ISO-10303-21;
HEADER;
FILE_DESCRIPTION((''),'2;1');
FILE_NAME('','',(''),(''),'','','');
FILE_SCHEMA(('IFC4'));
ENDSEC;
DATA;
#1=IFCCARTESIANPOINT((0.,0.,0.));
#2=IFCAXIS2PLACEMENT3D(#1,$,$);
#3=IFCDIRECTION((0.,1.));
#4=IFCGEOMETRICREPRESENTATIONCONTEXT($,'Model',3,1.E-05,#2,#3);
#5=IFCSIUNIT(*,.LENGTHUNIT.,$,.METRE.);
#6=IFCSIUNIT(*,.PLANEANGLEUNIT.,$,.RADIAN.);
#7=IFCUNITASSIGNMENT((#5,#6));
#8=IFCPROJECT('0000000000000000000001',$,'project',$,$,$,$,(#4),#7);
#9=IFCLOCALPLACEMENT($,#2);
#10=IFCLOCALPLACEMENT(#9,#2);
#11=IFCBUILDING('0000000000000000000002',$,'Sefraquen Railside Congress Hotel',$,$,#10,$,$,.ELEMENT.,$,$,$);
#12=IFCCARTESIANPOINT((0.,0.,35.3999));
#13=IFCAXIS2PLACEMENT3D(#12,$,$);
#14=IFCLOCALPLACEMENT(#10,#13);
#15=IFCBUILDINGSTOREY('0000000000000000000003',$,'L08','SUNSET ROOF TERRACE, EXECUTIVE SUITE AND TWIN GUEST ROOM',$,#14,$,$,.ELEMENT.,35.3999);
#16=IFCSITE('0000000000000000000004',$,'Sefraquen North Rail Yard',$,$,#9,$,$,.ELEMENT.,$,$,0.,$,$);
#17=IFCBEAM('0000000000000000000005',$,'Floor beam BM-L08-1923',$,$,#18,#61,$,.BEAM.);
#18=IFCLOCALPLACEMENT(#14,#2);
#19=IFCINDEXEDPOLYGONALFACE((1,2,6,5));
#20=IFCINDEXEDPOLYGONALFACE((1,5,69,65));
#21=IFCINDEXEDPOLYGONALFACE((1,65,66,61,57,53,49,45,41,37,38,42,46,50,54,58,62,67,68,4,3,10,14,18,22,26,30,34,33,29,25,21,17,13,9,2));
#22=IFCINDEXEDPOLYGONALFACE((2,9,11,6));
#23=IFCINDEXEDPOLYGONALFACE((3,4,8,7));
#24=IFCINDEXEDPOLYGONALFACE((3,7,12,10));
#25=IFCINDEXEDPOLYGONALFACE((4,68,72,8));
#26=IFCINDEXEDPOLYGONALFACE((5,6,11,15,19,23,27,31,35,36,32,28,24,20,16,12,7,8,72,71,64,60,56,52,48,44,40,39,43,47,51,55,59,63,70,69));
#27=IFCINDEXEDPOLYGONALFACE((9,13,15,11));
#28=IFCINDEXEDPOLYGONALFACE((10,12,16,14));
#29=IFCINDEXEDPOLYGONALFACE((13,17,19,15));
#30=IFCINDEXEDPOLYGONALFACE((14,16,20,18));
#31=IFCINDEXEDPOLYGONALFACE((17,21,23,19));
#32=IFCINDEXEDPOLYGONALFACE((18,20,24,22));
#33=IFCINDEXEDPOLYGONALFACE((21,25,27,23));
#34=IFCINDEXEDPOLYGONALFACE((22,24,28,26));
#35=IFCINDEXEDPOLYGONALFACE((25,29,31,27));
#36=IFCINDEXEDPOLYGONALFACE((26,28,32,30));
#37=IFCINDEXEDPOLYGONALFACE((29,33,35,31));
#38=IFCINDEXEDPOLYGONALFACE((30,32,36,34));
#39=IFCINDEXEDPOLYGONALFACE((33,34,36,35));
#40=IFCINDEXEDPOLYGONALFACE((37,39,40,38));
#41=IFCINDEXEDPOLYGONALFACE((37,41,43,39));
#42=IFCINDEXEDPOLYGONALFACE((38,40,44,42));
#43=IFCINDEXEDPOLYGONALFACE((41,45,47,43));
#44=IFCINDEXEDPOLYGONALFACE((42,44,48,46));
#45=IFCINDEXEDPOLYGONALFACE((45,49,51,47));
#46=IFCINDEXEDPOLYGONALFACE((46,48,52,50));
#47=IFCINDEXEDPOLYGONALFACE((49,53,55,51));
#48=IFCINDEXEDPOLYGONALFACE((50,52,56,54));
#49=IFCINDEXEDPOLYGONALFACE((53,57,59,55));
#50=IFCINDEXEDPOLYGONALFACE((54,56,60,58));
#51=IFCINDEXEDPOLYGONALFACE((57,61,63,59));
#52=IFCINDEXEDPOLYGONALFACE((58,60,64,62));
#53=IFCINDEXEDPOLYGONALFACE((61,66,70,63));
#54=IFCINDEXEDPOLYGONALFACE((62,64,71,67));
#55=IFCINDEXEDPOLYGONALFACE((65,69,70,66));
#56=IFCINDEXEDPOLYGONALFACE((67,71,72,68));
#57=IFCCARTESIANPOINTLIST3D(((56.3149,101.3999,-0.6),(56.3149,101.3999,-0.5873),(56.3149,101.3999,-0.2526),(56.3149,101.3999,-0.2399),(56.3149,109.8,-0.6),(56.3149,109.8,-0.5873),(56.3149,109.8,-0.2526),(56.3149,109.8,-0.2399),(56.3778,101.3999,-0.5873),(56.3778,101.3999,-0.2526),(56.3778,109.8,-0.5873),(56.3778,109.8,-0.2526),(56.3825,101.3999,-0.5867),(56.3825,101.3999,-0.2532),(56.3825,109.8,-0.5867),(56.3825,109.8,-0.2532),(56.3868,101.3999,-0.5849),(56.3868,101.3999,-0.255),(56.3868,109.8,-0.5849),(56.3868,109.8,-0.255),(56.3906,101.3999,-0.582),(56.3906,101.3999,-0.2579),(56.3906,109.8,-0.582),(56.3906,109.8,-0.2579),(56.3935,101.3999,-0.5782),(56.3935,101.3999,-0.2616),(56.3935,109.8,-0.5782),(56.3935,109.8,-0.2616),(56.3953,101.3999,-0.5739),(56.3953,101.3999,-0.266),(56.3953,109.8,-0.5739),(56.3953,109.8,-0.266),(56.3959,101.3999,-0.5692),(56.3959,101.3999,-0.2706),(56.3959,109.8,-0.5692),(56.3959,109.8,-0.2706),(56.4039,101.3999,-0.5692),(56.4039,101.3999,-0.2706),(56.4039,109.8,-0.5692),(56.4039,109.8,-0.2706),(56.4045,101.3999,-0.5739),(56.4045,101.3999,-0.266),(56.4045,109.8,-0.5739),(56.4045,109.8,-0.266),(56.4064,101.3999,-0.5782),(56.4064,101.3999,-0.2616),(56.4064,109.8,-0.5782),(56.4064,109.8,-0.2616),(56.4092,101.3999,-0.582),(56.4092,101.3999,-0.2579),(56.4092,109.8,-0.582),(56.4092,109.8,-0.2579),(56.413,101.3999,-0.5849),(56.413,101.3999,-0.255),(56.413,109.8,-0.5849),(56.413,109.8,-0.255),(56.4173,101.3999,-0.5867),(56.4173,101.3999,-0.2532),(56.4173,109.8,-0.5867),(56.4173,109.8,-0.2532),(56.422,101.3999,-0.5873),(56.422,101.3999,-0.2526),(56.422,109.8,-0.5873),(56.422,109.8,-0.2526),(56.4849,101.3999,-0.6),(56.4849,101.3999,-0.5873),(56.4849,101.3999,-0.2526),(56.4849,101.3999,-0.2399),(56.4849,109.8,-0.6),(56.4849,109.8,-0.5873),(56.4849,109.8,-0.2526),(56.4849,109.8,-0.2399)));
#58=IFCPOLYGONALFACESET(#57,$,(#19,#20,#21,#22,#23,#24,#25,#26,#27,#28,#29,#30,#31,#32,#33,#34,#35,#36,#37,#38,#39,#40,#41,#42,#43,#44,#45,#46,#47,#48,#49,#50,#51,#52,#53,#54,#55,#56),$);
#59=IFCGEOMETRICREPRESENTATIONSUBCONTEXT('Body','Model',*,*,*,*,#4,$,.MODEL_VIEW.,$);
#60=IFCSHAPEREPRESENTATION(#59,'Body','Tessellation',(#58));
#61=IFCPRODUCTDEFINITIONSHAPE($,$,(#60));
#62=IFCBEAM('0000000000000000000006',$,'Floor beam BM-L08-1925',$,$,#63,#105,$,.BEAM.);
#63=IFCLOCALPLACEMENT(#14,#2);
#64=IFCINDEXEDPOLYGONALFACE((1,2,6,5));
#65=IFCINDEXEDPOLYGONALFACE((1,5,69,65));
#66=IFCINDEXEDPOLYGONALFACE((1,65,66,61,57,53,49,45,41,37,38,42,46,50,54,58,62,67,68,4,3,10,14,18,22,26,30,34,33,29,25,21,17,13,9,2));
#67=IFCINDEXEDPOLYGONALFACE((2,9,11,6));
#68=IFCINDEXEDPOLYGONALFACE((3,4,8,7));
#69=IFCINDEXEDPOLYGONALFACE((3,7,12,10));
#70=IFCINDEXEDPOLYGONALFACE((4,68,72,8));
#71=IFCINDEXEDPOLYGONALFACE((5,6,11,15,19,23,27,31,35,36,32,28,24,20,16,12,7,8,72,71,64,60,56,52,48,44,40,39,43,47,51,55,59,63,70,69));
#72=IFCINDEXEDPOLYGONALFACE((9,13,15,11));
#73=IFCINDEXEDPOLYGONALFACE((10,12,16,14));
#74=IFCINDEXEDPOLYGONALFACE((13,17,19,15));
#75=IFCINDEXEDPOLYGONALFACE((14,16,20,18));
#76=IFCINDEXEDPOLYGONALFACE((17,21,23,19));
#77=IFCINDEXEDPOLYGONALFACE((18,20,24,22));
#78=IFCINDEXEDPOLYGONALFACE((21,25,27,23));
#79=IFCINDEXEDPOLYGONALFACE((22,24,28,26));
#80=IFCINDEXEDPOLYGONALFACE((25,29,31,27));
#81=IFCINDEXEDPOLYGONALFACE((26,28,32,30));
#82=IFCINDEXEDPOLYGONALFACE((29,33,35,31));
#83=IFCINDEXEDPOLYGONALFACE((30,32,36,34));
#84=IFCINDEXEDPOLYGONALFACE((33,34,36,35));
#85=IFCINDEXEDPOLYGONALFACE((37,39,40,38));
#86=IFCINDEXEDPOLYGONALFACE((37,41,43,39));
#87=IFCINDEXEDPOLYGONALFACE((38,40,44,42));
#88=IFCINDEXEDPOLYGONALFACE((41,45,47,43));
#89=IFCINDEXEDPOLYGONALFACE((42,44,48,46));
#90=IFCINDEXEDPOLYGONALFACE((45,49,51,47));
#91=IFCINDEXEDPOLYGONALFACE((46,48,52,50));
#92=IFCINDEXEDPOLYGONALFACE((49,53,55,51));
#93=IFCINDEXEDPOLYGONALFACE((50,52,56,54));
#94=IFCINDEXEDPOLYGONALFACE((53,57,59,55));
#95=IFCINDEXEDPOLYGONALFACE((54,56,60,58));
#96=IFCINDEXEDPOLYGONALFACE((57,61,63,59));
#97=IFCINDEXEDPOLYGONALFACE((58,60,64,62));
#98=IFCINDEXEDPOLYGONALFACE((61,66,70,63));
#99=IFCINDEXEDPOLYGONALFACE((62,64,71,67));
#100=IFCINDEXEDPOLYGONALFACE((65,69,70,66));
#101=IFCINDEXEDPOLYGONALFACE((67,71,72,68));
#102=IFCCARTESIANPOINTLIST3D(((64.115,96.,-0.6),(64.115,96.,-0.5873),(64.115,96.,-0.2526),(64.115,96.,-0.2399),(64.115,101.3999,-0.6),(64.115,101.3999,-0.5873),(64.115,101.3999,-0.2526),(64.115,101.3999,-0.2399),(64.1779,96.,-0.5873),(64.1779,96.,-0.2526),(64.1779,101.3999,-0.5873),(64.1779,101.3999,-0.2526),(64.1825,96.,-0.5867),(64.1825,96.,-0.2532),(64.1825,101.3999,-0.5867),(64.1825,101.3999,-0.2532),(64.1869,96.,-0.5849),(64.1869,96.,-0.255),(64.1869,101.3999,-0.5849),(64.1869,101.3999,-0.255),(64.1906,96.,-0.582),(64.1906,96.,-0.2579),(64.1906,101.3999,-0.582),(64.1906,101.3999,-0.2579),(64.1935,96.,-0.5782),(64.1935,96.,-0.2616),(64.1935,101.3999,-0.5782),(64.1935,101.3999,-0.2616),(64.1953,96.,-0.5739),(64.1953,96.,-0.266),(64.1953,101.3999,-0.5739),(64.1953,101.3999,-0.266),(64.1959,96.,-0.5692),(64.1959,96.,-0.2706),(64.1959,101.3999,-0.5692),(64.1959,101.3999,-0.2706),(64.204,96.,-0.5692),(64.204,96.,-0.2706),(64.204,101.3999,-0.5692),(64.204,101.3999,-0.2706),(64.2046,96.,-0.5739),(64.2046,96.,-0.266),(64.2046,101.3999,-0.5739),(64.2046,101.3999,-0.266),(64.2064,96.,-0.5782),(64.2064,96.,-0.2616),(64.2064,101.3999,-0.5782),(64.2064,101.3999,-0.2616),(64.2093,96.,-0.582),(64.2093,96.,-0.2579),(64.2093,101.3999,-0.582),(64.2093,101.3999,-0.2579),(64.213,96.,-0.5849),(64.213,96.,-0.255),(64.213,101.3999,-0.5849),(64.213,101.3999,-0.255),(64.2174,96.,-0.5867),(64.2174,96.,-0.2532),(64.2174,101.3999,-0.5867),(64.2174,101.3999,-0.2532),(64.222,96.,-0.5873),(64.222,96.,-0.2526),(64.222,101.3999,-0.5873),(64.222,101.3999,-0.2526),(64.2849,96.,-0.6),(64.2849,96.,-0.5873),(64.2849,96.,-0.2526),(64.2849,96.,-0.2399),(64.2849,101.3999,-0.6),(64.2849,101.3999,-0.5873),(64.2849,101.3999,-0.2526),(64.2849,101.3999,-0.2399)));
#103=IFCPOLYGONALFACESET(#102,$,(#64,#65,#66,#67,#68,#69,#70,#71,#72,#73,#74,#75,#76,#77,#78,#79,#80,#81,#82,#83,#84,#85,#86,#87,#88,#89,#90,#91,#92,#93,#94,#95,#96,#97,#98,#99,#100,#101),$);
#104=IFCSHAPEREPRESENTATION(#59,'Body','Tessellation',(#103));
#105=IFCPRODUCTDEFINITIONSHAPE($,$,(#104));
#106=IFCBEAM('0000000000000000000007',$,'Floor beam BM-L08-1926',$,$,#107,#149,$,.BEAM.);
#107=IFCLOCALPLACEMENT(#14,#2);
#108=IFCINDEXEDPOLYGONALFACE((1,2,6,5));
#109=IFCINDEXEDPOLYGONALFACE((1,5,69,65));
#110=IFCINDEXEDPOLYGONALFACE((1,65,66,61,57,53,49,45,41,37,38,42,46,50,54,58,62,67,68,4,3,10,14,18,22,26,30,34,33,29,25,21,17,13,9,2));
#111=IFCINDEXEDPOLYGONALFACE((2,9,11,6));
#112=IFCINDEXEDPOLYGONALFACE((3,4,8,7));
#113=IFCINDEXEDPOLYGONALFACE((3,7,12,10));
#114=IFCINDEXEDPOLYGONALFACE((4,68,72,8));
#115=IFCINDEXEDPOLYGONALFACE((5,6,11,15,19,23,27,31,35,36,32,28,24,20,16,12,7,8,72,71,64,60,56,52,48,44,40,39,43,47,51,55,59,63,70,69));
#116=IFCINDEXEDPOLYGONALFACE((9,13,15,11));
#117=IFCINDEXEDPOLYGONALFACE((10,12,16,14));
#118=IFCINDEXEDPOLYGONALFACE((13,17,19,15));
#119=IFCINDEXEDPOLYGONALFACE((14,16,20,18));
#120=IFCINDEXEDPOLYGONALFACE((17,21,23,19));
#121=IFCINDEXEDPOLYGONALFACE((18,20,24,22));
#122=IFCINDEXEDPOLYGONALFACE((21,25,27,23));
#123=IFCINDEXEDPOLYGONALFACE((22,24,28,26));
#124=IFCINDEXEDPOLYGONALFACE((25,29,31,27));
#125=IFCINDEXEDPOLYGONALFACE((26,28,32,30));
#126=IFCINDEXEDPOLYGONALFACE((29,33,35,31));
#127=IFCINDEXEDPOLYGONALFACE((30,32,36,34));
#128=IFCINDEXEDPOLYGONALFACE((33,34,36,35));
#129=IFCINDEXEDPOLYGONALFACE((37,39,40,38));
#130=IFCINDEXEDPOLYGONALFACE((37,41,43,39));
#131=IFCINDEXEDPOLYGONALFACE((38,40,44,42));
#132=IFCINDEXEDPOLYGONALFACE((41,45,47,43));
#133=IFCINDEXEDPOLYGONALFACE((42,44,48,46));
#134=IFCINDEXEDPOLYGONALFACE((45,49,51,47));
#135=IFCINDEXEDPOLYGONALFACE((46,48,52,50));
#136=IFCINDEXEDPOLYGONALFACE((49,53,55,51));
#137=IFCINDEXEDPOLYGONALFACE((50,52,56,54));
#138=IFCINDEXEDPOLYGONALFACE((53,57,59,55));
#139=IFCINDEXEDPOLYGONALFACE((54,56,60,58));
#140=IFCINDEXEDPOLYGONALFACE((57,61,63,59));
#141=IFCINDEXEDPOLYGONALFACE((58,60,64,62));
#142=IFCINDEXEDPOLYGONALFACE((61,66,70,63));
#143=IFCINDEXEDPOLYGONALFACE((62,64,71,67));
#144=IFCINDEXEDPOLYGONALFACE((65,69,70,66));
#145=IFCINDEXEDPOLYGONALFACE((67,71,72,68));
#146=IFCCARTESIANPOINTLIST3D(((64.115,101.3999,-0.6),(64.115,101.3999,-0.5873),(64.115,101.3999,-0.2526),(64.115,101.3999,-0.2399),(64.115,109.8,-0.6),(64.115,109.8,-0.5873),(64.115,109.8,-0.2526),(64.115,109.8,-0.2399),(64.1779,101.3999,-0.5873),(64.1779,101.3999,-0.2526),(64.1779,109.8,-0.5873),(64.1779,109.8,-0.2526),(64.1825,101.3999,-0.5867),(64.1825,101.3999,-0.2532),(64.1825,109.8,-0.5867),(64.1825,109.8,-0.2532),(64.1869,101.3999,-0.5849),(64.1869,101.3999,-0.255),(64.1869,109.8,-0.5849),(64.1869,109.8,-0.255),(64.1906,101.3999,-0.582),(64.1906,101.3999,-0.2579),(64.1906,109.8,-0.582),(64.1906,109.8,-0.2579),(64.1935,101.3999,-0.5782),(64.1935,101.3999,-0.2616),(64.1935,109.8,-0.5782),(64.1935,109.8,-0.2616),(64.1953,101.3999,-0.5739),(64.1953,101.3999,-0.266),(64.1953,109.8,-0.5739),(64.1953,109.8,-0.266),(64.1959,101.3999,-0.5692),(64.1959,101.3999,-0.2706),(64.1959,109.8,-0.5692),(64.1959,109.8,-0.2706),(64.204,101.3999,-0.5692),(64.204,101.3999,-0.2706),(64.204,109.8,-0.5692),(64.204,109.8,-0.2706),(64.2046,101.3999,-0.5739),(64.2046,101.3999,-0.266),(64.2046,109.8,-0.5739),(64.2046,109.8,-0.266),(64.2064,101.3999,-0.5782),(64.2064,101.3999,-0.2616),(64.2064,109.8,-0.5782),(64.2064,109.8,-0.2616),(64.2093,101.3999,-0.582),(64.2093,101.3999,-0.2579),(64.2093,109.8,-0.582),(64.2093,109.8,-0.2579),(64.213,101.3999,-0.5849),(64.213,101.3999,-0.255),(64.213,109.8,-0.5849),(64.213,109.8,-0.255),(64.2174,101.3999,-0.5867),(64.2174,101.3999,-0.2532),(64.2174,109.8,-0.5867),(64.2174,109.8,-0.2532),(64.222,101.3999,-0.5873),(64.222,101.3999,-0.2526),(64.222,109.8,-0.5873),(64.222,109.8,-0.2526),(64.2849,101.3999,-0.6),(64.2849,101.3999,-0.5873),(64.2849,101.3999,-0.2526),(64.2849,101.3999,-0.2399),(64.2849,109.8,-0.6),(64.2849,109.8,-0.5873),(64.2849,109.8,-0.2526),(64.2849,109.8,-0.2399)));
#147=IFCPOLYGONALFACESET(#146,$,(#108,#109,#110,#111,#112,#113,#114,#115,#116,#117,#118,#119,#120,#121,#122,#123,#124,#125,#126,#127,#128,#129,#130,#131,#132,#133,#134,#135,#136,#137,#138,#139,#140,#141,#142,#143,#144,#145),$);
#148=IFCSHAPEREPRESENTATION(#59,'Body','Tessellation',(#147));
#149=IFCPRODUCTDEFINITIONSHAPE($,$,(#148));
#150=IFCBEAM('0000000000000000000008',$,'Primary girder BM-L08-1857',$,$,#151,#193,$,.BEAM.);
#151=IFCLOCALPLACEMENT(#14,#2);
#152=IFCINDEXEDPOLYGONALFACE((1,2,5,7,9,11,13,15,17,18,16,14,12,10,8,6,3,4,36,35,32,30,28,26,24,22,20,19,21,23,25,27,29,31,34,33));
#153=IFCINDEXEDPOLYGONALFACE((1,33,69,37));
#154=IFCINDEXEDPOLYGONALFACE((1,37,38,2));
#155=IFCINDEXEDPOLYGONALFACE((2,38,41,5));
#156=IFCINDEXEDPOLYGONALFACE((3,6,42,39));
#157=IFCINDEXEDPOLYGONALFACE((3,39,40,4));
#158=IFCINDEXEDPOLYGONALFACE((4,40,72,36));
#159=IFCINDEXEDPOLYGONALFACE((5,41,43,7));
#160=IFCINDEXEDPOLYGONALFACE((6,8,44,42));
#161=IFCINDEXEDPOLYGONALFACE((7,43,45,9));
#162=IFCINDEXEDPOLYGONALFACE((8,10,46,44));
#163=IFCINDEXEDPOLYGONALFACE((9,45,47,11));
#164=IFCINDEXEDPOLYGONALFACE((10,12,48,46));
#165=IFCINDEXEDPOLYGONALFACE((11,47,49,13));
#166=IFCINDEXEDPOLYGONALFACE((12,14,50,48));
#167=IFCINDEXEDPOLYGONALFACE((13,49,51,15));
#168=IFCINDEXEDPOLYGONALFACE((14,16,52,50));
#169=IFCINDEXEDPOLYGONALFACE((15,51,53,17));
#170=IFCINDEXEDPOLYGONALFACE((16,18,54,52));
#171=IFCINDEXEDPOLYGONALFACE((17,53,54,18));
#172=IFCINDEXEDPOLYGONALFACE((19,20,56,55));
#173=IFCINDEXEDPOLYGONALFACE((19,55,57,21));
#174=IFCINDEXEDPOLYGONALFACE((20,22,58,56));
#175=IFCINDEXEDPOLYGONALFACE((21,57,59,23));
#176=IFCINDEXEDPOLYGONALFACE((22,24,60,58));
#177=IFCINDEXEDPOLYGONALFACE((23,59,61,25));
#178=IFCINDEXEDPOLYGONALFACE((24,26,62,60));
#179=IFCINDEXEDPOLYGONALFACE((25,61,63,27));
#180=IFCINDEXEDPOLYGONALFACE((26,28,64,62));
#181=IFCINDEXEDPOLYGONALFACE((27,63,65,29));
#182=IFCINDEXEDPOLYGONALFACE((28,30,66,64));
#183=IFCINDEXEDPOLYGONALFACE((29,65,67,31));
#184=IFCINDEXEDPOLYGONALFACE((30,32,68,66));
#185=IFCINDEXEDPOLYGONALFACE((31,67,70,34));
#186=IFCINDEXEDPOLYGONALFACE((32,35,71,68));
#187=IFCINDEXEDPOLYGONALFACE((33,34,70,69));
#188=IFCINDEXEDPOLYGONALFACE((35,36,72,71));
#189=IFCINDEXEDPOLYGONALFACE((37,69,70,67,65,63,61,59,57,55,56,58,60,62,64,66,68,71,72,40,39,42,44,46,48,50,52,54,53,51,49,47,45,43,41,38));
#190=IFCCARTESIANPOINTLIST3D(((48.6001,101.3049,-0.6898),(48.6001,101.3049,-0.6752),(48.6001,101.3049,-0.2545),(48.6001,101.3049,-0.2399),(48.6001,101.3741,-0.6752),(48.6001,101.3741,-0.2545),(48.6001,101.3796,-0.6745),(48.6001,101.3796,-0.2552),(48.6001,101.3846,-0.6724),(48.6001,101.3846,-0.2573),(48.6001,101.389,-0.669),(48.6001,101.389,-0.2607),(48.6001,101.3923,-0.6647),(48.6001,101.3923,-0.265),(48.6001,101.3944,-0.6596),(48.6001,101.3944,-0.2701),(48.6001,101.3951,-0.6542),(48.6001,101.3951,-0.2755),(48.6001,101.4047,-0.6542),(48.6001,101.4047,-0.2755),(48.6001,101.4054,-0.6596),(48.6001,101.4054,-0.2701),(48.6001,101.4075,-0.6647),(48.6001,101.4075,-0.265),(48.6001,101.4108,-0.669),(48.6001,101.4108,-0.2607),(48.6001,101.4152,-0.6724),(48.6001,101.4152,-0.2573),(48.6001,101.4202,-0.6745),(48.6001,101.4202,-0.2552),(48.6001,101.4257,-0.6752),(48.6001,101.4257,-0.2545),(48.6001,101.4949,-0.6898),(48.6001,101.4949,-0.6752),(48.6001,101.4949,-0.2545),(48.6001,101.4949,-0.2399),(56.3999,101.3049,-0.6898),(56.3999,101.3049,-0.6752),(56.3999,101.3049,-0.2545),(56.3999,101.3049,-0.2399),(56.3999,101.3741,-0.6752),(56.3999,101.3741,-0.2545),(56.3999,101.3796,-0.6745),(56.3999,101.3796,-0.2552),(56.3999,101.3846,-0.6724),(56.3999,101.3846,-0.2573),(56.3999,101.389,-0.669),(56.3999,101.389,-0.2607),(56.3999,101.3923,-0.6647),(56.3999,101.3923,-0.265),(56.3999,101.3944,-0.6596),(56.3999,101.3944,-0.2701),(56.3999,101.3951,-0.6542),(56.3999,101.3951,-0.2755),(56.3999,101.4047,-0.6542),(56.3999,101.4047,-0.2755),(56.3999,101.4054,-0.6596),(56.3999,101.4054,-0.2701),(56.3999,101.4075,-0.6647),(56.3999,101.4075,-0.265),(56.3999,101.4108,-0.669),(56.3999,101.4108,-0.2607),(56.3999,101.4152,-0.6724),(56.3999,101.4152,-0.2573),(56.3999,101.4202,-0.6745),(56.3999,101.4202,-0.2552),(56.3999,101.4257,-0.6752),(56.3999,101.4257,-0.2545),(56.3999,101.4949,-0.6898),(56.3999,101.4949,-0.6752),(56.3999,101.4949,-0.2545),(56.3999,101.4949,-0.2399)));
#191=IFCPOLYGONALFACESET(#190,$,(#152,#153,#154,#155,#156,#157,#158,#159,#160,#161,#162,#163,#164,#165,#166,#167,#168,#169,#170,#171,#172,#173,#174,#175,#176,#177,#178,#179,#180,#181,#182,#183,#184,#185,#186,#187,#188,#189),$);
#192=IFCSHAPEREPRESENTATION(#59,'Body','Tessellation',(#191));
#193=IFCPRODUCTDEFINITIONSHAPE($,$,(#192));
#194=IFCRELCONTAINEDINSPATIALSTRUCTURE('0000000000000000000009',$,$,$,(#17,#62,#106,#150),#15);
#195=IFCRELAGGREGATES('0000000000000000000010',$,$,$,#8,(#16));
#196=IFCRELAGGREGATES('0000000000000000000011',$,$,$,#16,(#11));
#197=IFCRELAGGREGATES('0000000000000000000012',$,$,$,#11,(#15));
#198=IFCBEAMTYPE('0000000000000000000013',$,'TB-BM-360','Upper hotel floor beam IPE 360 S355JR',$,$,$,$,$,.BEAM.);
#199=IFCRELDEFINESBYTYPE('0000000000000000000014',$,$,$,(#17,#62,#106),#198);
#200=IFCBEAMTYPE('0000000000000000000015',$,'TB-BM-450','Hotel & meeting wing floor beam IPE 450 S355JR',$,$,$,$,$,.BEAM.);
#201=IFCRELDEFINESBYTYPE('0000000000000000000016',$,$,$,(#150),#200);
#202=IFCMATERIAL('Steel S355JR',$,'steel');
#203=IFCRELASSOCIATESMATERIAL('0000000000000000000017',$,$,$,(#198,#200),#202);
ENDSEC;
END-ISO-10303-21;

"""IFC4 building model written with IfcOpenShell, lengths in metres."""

from ifc_helpers import new_model, si_unit, direction, frame, origin, origin_2d, place, context, subcontext, project, spatial, i_section, extrude, material, material_profile, profile_set, type_object, element, save


model = new_model("IFC4")

# Units and contexts
model_context = context("Model", 3, precision=1e-05, world=origin(), true_north=direction((0.0, 1.0)))
body_context = subcontext(model_context, "Body", "Model", "MODEL_VIEW")
ifc_project = project(units=[si_unit("LENGTHUNIT", "METRE"), si_unit("PLANEANGLEUNIT", "RADIAN")], contexts=[model_context])

# Site, building, storey
site_placement = place(None, origin())
site = spatial("IfcSite", under=ifc_project, at=site_placement, Name="Sefraquen North Rail Yard", CompositionType="ELEMENT", RefElevation=0.0)
building_placement = place(site_placement, origin())
building = spatial("IfcBuilding", under=site, at=building_placement, Name="Sefraquen Railside Congress Hotel", CompositionType="ELEMENT")
storey_placement = place(building_placement, frame((0.0, 0.0, 35.3999)))
storey = spatial("IfcBuildingStorey", under=building, at=storey_placement, Name="L08", Description="SUNSET ROOF TERRACE, EXECUTIVE SUITE AND TWIN GUEST ROOM", CompositionType="ELEMENT", Elevation=35.3999)

# Shared definitions
ifc_material_1 = material(Name="Steel S355JR", Category="steel")

# Beams
ifc_material_profile_1 = material_profile(ifc_material_1, i_section(OverallWidth=0.1699, OverallDepth=0.3601, WebThickness=0.0081, FlangeThickness=0.0127, FilletRadius=0.0181, at=origin_2d()), Name="IPE 360")
ifc_profile_set_1 = profile_set([ifc_material_profile_1], Name="Steel S355JR")
beam_type_1 = type_object("IfcBeamType", Name="TB-BM-360", Description="Upper hotel floor beam IPE 360 S355JR", PredefinedType="BEAM", material=ifc_profile_set_1)
for number, where, z_axis, x_axis, name in (
    (1, (56.3999, 101.3999, -0.4199), (0.0, 1.0, 0.0), (-1.0, 0.0, 0.0), "Floor beam BM-L08-1923"),
):
    element("IfcBeam", number, at=place(storey_placement, frame(where, z_axis=z_axis, x_axis=x_axis)), inside=storey, type_object=beam_type_1, Name=name, PredefinedType="BEAM", context=body_context, shape_type="SweptSolid", body=[
        extrude(i_section(OverallWidth=0.1699, OverallDepth=0.3601, WebThickness=0.0081, FlangeThickness=0.0127, FilletRadius=0.0181, at=origin_2d()), origin(), (0.0, 0.0, 1.0), 8.4001),
    ])
beam_1_placement = place(storey_placement, frame((64.2, 96.0, -0.4199), z_axis=(0.0, 1.0, 0.0), x_axis=(-1.0, 0.0, 0.0)))
element("IfcBeam", 2, at=beam_1_placement, inside=storey, type_object=beam_type_1, Name="Floor beam BM-L08-1925", PredefinedType="BEAM", context=body_context, shape_type="SweptSolid", body=[
    extrude(i_section(OverallWidth=0.1699, OverallDepth=0.3601, WebThickness=0.0081, FlangeThickness=0.0127, FilletRadius=0.0181, at=origin_2d()), origin(), (0.0, 0.0, 1.0), 5.3999),
])
beam_2_placement = place(storey_placement, frame((64.2, 101.3999, -0.4199), z_axis=(0.0, 1.0, 0.0), x_axis=(-1.0, 0.0, 0.0)))
element("IfcBeam", 3, at=beam_2_placement, inside=storey, type_object=beam_type_1, Name="Floor beam BM-L08-1926", PredefinedType="BEAM", context=body_context, shape_type="SweptSolid", body=[
    extrude(i_section(OverallWidth=0.1699, OverallDepth=0.3601, WebThickness=0.0081, FlangeThickness=0.0127, FilletRadius=0.0181, at=origin_2d()), origin(), (0.0, 0.0, 1.0), 8.4001),
])
ifc_material_profile_2 = material_profile(ifc_material_1, i_section(OverallWidth=0.1899, OverallDepth=0.45, WebThickness=0.0095, FlangeThickness=0.0146, FilletRadius=0.021, at=origin_2d()), Name="IPE 450")
ifc_profile_set_2 = profile_set([ifc_material_profile_2], Name="Steel S355JR")
beam_type_2 = type_object("IfcBeamType", Name="TB-BM-450", Description="Hotel & meeting wing floor beam IPE 450 S355JR", PredefinedType="BEAM", material=ifc_profile_set_2)
beam_3_placement = place(storey_placement, frame((48.6001, 101.3999, -0.4648), z_axis=(1.0, 0.0, 0.0), x_axis=(0.0, 1.0, 0.0)))
element("IfcBeam", 4, at=beam_3_placement, inside=storey, type_object=beam_type_2, Name="Primary girder BM-L08-1857", PredefinedType="BEAM", context=body_context, shape_type="SweptSolid", body=[
    extrude(i_section(OverallWidth=0.1899, OverallDepth=0.45, WebThickness=0.0095, FlangeThickness=0.0146, FilletRadius=0.021, at=origin_2d()), origin(), (0.0, 0.0, 1.0), 7.7998),
])

save(model, "model.ifc")
